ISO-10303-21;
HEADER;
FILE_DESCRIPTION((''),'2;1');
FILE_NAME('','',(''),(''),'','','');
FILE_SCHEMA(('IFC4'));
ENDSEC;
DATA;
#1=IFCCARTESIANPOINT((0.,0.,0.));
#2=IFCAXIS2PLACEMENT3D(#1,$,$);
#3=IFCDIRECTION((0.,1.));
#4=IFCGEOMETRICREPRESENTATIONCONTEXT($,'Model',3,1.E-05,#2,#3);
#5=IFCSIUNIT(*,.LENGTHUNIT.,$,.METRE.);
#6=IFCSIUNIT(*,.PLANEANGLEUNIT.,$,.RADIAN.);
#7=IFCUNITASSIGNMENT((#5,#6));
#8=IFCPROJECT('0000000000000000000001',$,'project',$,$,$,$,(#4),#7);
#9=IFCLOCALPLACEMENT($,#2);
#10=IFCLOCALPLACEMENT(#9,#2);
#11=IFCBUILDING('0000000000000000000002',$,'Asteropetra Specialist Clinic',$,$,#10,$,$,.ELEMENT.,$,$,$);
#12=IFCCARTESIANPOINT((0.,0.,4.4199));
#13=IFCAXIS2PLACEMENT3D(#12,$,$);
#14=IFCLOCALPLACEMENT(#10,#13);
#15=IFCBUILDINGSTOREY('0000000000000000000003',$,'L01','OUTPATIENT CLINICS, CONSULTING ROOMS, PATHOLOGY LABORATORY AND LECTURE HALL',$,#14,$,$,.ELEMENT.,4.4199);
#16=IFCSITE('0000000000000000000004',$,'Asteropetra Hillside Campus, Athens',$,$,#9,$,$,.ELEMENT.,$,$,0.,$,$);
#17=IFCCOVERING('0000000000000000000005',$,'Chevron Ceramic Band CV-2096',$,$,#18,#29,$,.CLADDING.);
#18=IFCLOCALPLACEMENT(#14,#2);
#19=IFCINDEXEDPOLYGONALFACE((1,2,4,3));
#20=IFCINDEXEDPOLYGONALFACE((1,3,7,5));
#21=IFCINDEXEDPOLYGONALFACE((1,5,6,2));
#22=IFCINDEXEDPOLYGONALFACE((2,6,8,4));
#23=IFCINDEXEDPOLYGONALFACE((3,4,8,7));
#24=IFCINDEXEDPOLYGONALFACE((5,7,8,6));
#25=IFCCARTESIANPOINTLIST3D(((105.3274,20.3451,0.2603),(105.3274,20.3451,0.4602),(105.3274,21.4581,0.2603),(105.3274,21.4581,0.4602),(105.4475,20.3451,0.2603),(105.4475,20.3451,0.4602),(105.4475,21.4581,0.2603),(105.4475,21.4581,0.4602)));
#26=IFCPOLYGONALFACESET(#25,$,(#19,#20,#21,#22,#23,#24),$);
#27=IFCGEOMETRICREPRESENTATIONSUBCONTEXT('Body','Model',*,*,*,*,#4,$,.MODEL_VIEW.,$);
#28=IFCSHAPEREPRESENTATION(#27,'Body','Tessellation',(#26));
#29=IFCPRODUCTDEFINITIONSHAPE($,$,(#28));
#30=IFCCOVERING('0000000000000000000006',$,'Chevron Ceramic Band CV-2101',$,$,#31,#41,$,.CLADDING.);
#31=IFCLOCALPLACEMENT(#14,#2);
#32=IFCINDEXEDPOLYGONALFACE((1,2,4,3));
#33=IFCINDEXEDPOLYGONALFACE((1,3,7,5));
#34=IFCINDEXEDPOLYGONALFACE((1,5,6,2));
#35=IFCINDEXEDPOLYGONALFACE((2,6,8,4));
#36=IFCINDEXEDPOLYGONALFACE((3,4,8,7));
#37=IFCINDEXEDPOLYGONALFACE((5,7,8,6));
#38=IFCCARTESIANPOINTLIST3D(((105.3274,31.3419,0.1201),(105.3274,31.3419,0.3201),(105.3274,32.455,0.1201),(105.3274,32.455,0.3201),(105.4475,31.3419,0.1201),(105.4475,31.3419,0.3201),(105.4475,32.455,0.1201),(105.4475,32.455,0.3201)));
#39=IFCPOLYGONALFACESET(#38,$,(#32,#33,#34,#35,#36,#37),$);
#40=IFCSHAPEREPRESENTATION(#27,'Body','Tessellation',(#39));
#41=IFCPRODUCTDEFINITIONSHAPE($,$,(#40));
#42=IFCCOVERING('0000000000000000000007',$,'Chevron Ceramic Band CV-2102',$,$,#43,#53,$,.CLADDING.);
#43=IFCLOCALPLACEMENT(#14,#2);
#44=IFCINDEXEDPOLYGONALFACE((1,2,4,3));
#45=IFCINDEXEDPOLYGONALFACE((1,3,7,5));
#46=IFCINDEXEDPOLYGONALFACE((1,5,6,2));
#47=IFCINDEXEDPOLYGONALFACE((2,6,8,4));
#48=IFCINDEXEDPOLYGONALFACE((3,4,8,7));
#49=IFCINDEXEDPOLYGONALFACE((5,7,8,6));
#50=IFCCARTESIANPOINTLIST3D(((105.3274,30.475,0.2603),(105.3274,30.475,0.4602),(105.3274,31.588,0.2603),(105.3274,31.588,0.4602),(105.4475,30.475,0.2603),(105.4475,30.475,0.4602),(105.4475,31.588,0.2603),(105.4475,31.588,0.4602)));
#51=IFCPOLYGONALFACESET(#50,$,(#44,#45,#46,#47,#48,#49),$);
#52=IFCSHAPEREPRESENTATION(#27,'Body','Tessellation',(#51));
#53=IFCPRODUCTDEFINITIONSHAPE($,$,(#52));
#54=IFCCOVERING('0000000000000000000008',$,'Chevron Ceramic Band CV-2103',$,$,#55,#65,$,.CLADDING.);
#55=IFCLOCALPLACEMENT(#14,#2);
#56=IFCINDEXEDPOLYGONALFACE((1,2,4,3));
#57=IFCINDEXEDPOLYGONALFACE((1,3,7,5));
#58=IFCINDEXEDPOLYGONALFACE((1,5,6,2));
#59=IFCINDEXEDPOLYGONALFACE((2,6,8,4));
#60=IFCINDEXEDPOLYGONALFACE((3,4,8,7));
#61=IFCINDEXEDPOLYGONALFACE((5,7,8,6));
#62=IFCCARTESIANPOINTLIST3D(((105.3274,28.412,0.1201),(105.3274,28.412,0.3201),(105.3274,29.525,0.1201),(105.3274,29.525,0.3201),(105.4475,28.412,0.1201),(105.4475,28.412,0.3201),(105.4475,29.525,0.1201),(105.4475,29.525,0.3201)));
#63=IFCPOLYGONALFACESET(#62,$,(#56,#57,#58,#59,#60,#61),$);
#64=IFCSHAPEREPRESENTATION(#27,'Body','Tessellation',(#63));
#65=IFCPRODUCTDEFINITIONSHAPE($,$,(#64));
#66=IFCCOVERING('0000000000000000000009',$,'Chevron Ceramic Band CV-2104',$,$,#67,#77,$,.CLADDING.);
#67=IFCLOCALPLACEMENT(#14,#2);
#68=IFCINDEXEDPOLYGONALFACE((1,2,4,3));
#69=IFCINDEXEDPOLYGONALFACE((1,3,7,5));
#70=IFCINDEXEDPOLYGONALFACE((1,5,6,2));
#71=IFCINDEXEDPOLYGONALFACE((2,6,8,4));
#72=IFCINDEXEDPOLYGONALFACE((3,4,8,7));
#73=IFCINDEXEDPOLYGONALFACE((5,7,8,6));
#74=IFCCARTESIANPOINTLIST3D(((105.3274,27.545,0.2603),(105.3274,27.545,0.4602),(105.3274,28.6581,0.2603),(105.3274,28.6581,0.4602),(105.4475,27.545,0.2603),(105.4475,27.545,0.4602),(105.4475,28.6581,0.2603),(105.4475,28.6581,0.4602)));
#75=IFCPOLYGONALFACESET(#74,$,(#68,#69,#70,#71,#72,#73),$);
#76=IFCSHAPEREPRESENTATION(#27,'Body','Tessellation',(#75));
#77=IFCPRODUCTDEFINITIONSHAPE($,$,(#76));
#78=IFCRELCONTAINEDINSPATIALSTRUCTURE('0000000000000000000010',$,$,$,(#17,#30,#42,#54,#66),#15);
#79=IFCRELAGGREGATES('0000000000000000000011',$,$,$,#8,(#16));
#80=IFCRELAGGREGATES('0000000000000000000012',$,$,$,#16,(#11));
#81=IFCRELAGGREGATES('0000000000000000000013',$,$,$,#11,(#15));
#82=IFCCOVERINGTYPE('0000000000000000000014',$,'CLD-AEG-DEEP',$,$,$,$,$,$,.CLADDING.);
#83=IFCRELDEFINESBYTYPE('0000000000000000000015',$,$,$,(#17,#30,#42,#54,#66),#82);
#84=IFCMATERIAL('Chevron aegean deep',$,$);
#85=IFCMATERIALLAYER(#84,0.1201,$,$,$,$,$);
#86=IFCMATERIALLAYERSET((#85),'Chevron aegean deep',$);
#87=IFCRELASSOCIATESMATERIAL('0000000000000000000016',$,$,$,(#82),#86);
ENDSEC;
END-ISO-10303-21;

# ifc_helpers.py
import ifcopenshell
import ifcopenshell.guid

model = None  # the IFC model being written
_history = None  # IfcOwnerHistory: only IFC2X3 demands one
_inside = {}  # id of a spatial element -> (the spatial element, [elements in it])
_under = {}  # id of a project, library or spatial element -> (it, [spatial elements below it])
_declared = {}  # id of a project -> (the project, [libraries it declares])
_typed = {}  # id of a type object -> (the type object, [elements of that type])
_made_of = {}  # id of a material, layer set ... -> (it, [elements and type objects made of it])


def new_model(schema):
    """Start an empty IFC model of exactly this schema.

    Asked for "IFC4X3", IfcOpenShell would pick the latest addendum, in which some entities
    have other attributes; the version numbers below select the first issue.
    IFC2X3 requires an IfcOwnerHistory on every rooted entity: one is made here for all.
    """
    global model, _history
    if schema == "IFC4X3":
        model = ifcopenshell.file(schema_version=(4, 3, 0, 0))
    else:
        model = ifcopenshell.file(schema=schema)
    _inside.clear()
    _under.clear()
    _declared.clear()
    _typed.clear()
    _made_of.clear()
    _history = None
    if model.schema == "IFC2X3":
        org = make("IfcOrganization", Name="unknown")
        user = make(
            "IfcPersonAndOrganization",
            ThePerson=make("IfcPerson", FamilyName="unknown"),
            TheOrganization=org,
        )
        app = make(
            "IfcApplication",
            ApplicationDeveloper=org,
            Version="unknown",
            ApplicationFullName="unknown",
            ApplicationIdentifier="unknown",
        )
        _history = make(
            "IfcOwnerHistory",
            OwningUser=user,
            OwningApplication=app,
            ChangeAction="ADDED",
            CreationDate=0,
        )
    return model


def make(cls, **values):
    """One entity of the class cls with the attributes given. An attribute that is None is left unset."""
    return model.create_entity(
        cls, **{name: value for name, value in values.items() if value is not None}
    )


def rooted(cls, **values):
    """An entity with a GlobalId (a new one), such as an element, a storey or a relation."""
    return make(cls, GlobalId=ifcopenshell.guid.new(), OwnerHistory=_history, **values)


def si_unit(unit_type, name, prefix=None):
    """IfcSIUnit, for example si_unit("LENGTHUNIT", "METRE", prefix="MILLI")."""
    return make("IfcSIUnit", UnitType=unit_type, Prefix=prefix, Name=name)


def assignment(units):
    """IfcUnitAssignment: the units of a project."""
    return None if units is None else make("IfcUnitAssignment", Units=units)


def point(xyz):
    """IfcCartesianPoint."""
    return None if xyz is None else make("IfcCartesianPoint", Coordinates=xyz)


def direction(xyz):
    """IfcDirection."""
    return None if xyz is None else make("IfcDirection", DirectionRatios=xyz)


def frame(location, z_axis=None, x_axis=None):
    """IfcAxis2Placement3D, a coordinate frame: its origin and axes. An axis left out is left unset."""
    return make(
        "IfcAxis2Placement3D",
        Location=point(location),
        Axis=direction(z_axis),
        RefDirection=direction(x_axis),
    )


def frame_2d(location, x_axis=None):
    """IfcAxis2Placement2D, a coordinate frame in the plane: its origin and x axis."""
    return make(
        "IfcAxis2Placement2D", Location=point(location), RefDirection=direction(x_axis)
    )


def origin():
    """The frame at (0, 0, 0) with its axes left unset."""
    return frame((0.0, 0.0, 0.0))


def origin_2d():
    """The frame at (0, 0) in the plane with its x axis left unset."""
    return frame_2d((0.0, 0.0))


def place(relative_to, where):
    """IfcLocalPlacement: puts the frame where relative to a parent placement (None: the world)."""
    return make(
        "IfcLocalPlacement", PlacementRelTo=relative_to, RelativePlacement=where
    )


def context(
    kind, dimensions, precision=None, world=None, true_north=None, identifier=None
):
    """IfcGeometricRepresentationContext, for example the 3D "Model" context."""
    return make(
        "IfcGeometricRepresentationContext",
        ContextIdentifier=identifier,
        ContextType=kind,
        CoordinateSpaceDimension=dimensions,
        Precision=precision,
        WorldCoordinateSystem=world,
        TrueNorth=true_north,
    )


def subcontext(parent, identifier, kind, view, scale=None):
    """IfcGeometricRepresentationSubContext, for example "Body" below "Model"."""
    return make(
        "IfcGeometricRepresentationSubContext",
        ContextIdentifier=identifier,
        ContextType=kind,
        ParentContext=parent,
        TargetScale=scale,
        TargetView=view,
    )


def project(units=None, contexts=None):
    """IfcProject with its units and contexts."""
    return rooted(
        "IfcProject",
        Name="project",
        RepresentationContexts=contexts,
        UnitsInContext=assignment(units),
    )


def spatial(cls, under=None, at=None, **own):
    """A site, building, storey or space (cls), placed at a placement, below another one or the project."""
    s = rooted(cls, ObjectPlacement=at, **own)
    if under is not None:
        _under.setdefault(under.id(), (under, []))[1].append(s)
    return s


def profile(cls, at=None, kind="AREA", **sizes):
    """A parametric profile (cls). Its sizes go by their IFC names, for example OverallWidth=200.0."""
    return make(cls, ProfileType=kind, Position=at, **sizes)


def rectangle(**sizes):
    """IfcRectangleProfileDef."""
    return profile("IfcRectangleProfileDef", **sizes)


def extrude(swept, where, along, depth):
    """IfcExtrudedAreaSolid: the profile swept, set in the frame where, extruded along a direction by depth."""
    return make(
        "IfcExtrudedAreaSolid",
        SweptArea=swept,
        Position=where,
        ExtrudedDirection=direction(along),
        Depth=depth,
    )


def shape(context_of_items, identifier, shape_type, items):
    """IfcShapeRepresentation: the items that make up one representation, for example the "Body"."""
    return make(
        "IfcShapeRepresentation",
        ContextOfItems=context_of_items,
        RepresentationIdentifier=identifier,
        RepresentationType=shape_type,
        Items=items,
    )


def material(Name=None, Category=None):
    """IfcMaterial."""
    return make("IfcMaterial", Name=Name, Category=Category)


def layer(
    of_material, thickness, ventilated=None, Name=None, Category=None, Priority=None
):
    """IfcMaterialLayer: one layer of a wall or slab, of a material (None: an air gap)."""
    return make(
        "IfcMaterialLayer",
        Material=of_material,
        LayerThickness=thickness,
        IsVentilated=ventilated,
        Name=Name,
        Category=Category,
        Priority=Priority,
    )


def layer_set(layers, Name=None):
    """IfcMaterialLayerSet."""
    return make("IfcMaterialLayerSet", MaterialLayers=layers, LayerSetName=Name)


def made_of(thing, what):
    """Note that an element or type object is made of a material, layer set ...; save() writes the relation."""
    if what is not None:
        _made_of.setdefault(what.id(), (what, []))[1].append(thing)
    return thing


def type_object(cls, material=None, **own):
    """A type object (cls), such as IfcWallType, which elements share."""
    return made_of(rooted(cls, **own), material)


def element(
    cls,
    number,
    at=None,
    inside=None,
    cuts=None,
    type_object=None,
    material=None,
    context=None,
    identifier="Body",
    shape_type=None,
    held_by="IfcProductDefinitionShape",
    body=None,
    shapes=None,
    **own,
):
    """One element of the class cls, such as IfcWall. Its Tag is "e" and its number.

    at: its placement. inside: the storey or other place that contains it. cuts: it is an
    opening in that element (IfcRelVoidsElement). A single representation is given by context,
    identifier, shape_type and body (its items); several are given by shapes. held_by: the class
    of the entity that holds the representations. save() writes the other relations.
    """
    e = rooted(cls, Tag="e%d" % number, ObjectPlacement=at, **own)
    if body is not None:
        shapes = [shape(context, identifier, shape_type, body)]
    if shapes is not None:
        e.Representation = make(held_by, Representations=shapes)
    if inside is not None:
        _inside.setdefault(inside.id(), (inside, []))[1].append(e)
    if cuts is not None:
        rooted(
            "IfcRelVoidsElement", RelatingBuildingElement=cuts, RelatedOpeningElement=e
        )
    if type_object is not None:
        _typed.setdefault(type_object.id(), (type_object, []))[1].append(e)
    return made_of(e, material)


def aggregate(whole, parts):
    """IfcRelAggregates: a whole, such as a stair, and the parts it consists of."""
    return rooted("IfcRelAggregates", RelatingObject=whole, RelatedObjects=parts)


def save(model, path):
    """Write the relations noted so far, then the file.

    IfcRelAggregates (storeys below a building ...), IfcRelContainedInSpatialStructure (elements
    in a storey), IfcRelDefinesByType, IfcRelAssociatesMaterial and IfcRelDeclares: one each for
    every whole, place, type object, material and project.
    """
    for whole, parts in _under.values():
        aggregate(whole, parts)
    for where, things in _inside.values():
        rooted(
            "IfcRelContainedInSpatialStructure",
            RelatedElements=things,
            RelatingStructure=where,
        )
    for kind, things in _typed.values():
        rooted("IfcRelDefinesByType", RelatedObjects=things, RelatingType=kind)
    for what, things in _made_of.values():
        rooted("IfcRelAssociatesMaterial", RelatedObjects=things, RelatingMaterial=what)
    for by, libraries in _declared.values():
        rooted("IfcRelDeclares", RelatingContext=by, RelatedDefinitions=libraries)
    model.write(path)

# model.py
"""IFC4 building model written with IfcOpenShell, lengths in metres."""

from ifc_helpers import new_model, si_unit, direction, frame, origin, origin_2d, place, context, subcontext, project, spatial, rectangle, extrude, material, layer, layer_set, type_object, element, save


model = new_model("IFC4")

# Units and contexts
model_context = context("Model", 3, precision=1e-05, world=origin(), true_north=direction((0.0, 1.0)))
body_context = subcontext(model_context, "Body", "Model", "MODEL_VIEW")
ifc_project = project(units=[si_unit("LENGTHUNIT", "METRE"), si_unit("PLANEANGLEUNIT", "RADIAN")], contexts=[model_context])

# Site, building, storey
site_placement = place(None, origin())
site = spatial("IfcSite", under=ifc_project, at=site_placement, Name="Asteropetra Hillside Campus, Athens", CompositionType="ELEMENT", RefElevation=0.0)
building_placement = place(site_placement, origin())
building = spatial("IfcBuilding", under=site, at=building_placement, Name="Asteropetra Specialist Clinic", CompositionType="ELEMENT")
storey_placement = place(building_placement, frame((0.0, 0.0, 4.4199)))
storey = spatial("IfcBuildingStorey", under=building, at=storey_placement, Name="L01", Description="OUTPATIENT CLINICS, CONSULTING ROOMS, PATHOLOGY LABORATORY AND LECTURE HALL", CompositionType="ELEMENT", Elevation=4.4199)

# Coverings
ifc_material_1 = material(Name="Chevron aegean deep")
ifc_layer_1 = layer(ifc_material_1, 0.1201)
ifc_layer_set_1 = layer_set([ifc_layer_1], Name="Chevron aegean deep")
covering_type = type_object("IfcCoveringType", Name="CLD-AEG-DEEP", PredefinedType="CLADDING", material=ifc_layer_set_1)
for number, where, z_axis, x_axis, name in (
    (1, (105.3875, 20.9016, 0.2603), (0.0, 0.0, 1.0), (1.0, 0.0, 0.0), "Chevron Ceramic Band CV-2096"),
    (2, (105.3875, 31.8984, 0.1201), (0.0, 0.0, 1.0), (1.0, 0.0, 0.0), "Chevron Ceramic Band CV-2101"),
    (3, (105.3875, 31.0315, 0.2603), (0.0, 0.0, 1.0), (1.0, 0.0, 0.0), "Chevron Ceramic Band CV-2102"),
    (4, (105.3875, 28.9685, 0.1201), (0.0, 0.0, 1.0), (1.0, 0.0, 0.0), "Chevron Ceramic Band CV-2103"),
    (5, (105.3875, 28.1016, 0.2603), (0.0, 0.0, 1.0), (1.0, 0.0, 0.0), "Chevron Ceramic Band CV-2104"),
):
    element("IfcCovering", number, at=place(storey_placement, frame(where, z_axis=z_axis, x_axis=x_axis)), inside=storey, type_object=covering_type, Name=name, PredefinedType="CLADDING", context=body_context, shape_type="SweptSolid", body=[
        extrude(rectangle(XDim=0.1201, YDim=1.113, at=origin_2d()), origin(), (0.0, 0.0, 1.0), 0.2),
    ])

save(model, "model.ifc")
